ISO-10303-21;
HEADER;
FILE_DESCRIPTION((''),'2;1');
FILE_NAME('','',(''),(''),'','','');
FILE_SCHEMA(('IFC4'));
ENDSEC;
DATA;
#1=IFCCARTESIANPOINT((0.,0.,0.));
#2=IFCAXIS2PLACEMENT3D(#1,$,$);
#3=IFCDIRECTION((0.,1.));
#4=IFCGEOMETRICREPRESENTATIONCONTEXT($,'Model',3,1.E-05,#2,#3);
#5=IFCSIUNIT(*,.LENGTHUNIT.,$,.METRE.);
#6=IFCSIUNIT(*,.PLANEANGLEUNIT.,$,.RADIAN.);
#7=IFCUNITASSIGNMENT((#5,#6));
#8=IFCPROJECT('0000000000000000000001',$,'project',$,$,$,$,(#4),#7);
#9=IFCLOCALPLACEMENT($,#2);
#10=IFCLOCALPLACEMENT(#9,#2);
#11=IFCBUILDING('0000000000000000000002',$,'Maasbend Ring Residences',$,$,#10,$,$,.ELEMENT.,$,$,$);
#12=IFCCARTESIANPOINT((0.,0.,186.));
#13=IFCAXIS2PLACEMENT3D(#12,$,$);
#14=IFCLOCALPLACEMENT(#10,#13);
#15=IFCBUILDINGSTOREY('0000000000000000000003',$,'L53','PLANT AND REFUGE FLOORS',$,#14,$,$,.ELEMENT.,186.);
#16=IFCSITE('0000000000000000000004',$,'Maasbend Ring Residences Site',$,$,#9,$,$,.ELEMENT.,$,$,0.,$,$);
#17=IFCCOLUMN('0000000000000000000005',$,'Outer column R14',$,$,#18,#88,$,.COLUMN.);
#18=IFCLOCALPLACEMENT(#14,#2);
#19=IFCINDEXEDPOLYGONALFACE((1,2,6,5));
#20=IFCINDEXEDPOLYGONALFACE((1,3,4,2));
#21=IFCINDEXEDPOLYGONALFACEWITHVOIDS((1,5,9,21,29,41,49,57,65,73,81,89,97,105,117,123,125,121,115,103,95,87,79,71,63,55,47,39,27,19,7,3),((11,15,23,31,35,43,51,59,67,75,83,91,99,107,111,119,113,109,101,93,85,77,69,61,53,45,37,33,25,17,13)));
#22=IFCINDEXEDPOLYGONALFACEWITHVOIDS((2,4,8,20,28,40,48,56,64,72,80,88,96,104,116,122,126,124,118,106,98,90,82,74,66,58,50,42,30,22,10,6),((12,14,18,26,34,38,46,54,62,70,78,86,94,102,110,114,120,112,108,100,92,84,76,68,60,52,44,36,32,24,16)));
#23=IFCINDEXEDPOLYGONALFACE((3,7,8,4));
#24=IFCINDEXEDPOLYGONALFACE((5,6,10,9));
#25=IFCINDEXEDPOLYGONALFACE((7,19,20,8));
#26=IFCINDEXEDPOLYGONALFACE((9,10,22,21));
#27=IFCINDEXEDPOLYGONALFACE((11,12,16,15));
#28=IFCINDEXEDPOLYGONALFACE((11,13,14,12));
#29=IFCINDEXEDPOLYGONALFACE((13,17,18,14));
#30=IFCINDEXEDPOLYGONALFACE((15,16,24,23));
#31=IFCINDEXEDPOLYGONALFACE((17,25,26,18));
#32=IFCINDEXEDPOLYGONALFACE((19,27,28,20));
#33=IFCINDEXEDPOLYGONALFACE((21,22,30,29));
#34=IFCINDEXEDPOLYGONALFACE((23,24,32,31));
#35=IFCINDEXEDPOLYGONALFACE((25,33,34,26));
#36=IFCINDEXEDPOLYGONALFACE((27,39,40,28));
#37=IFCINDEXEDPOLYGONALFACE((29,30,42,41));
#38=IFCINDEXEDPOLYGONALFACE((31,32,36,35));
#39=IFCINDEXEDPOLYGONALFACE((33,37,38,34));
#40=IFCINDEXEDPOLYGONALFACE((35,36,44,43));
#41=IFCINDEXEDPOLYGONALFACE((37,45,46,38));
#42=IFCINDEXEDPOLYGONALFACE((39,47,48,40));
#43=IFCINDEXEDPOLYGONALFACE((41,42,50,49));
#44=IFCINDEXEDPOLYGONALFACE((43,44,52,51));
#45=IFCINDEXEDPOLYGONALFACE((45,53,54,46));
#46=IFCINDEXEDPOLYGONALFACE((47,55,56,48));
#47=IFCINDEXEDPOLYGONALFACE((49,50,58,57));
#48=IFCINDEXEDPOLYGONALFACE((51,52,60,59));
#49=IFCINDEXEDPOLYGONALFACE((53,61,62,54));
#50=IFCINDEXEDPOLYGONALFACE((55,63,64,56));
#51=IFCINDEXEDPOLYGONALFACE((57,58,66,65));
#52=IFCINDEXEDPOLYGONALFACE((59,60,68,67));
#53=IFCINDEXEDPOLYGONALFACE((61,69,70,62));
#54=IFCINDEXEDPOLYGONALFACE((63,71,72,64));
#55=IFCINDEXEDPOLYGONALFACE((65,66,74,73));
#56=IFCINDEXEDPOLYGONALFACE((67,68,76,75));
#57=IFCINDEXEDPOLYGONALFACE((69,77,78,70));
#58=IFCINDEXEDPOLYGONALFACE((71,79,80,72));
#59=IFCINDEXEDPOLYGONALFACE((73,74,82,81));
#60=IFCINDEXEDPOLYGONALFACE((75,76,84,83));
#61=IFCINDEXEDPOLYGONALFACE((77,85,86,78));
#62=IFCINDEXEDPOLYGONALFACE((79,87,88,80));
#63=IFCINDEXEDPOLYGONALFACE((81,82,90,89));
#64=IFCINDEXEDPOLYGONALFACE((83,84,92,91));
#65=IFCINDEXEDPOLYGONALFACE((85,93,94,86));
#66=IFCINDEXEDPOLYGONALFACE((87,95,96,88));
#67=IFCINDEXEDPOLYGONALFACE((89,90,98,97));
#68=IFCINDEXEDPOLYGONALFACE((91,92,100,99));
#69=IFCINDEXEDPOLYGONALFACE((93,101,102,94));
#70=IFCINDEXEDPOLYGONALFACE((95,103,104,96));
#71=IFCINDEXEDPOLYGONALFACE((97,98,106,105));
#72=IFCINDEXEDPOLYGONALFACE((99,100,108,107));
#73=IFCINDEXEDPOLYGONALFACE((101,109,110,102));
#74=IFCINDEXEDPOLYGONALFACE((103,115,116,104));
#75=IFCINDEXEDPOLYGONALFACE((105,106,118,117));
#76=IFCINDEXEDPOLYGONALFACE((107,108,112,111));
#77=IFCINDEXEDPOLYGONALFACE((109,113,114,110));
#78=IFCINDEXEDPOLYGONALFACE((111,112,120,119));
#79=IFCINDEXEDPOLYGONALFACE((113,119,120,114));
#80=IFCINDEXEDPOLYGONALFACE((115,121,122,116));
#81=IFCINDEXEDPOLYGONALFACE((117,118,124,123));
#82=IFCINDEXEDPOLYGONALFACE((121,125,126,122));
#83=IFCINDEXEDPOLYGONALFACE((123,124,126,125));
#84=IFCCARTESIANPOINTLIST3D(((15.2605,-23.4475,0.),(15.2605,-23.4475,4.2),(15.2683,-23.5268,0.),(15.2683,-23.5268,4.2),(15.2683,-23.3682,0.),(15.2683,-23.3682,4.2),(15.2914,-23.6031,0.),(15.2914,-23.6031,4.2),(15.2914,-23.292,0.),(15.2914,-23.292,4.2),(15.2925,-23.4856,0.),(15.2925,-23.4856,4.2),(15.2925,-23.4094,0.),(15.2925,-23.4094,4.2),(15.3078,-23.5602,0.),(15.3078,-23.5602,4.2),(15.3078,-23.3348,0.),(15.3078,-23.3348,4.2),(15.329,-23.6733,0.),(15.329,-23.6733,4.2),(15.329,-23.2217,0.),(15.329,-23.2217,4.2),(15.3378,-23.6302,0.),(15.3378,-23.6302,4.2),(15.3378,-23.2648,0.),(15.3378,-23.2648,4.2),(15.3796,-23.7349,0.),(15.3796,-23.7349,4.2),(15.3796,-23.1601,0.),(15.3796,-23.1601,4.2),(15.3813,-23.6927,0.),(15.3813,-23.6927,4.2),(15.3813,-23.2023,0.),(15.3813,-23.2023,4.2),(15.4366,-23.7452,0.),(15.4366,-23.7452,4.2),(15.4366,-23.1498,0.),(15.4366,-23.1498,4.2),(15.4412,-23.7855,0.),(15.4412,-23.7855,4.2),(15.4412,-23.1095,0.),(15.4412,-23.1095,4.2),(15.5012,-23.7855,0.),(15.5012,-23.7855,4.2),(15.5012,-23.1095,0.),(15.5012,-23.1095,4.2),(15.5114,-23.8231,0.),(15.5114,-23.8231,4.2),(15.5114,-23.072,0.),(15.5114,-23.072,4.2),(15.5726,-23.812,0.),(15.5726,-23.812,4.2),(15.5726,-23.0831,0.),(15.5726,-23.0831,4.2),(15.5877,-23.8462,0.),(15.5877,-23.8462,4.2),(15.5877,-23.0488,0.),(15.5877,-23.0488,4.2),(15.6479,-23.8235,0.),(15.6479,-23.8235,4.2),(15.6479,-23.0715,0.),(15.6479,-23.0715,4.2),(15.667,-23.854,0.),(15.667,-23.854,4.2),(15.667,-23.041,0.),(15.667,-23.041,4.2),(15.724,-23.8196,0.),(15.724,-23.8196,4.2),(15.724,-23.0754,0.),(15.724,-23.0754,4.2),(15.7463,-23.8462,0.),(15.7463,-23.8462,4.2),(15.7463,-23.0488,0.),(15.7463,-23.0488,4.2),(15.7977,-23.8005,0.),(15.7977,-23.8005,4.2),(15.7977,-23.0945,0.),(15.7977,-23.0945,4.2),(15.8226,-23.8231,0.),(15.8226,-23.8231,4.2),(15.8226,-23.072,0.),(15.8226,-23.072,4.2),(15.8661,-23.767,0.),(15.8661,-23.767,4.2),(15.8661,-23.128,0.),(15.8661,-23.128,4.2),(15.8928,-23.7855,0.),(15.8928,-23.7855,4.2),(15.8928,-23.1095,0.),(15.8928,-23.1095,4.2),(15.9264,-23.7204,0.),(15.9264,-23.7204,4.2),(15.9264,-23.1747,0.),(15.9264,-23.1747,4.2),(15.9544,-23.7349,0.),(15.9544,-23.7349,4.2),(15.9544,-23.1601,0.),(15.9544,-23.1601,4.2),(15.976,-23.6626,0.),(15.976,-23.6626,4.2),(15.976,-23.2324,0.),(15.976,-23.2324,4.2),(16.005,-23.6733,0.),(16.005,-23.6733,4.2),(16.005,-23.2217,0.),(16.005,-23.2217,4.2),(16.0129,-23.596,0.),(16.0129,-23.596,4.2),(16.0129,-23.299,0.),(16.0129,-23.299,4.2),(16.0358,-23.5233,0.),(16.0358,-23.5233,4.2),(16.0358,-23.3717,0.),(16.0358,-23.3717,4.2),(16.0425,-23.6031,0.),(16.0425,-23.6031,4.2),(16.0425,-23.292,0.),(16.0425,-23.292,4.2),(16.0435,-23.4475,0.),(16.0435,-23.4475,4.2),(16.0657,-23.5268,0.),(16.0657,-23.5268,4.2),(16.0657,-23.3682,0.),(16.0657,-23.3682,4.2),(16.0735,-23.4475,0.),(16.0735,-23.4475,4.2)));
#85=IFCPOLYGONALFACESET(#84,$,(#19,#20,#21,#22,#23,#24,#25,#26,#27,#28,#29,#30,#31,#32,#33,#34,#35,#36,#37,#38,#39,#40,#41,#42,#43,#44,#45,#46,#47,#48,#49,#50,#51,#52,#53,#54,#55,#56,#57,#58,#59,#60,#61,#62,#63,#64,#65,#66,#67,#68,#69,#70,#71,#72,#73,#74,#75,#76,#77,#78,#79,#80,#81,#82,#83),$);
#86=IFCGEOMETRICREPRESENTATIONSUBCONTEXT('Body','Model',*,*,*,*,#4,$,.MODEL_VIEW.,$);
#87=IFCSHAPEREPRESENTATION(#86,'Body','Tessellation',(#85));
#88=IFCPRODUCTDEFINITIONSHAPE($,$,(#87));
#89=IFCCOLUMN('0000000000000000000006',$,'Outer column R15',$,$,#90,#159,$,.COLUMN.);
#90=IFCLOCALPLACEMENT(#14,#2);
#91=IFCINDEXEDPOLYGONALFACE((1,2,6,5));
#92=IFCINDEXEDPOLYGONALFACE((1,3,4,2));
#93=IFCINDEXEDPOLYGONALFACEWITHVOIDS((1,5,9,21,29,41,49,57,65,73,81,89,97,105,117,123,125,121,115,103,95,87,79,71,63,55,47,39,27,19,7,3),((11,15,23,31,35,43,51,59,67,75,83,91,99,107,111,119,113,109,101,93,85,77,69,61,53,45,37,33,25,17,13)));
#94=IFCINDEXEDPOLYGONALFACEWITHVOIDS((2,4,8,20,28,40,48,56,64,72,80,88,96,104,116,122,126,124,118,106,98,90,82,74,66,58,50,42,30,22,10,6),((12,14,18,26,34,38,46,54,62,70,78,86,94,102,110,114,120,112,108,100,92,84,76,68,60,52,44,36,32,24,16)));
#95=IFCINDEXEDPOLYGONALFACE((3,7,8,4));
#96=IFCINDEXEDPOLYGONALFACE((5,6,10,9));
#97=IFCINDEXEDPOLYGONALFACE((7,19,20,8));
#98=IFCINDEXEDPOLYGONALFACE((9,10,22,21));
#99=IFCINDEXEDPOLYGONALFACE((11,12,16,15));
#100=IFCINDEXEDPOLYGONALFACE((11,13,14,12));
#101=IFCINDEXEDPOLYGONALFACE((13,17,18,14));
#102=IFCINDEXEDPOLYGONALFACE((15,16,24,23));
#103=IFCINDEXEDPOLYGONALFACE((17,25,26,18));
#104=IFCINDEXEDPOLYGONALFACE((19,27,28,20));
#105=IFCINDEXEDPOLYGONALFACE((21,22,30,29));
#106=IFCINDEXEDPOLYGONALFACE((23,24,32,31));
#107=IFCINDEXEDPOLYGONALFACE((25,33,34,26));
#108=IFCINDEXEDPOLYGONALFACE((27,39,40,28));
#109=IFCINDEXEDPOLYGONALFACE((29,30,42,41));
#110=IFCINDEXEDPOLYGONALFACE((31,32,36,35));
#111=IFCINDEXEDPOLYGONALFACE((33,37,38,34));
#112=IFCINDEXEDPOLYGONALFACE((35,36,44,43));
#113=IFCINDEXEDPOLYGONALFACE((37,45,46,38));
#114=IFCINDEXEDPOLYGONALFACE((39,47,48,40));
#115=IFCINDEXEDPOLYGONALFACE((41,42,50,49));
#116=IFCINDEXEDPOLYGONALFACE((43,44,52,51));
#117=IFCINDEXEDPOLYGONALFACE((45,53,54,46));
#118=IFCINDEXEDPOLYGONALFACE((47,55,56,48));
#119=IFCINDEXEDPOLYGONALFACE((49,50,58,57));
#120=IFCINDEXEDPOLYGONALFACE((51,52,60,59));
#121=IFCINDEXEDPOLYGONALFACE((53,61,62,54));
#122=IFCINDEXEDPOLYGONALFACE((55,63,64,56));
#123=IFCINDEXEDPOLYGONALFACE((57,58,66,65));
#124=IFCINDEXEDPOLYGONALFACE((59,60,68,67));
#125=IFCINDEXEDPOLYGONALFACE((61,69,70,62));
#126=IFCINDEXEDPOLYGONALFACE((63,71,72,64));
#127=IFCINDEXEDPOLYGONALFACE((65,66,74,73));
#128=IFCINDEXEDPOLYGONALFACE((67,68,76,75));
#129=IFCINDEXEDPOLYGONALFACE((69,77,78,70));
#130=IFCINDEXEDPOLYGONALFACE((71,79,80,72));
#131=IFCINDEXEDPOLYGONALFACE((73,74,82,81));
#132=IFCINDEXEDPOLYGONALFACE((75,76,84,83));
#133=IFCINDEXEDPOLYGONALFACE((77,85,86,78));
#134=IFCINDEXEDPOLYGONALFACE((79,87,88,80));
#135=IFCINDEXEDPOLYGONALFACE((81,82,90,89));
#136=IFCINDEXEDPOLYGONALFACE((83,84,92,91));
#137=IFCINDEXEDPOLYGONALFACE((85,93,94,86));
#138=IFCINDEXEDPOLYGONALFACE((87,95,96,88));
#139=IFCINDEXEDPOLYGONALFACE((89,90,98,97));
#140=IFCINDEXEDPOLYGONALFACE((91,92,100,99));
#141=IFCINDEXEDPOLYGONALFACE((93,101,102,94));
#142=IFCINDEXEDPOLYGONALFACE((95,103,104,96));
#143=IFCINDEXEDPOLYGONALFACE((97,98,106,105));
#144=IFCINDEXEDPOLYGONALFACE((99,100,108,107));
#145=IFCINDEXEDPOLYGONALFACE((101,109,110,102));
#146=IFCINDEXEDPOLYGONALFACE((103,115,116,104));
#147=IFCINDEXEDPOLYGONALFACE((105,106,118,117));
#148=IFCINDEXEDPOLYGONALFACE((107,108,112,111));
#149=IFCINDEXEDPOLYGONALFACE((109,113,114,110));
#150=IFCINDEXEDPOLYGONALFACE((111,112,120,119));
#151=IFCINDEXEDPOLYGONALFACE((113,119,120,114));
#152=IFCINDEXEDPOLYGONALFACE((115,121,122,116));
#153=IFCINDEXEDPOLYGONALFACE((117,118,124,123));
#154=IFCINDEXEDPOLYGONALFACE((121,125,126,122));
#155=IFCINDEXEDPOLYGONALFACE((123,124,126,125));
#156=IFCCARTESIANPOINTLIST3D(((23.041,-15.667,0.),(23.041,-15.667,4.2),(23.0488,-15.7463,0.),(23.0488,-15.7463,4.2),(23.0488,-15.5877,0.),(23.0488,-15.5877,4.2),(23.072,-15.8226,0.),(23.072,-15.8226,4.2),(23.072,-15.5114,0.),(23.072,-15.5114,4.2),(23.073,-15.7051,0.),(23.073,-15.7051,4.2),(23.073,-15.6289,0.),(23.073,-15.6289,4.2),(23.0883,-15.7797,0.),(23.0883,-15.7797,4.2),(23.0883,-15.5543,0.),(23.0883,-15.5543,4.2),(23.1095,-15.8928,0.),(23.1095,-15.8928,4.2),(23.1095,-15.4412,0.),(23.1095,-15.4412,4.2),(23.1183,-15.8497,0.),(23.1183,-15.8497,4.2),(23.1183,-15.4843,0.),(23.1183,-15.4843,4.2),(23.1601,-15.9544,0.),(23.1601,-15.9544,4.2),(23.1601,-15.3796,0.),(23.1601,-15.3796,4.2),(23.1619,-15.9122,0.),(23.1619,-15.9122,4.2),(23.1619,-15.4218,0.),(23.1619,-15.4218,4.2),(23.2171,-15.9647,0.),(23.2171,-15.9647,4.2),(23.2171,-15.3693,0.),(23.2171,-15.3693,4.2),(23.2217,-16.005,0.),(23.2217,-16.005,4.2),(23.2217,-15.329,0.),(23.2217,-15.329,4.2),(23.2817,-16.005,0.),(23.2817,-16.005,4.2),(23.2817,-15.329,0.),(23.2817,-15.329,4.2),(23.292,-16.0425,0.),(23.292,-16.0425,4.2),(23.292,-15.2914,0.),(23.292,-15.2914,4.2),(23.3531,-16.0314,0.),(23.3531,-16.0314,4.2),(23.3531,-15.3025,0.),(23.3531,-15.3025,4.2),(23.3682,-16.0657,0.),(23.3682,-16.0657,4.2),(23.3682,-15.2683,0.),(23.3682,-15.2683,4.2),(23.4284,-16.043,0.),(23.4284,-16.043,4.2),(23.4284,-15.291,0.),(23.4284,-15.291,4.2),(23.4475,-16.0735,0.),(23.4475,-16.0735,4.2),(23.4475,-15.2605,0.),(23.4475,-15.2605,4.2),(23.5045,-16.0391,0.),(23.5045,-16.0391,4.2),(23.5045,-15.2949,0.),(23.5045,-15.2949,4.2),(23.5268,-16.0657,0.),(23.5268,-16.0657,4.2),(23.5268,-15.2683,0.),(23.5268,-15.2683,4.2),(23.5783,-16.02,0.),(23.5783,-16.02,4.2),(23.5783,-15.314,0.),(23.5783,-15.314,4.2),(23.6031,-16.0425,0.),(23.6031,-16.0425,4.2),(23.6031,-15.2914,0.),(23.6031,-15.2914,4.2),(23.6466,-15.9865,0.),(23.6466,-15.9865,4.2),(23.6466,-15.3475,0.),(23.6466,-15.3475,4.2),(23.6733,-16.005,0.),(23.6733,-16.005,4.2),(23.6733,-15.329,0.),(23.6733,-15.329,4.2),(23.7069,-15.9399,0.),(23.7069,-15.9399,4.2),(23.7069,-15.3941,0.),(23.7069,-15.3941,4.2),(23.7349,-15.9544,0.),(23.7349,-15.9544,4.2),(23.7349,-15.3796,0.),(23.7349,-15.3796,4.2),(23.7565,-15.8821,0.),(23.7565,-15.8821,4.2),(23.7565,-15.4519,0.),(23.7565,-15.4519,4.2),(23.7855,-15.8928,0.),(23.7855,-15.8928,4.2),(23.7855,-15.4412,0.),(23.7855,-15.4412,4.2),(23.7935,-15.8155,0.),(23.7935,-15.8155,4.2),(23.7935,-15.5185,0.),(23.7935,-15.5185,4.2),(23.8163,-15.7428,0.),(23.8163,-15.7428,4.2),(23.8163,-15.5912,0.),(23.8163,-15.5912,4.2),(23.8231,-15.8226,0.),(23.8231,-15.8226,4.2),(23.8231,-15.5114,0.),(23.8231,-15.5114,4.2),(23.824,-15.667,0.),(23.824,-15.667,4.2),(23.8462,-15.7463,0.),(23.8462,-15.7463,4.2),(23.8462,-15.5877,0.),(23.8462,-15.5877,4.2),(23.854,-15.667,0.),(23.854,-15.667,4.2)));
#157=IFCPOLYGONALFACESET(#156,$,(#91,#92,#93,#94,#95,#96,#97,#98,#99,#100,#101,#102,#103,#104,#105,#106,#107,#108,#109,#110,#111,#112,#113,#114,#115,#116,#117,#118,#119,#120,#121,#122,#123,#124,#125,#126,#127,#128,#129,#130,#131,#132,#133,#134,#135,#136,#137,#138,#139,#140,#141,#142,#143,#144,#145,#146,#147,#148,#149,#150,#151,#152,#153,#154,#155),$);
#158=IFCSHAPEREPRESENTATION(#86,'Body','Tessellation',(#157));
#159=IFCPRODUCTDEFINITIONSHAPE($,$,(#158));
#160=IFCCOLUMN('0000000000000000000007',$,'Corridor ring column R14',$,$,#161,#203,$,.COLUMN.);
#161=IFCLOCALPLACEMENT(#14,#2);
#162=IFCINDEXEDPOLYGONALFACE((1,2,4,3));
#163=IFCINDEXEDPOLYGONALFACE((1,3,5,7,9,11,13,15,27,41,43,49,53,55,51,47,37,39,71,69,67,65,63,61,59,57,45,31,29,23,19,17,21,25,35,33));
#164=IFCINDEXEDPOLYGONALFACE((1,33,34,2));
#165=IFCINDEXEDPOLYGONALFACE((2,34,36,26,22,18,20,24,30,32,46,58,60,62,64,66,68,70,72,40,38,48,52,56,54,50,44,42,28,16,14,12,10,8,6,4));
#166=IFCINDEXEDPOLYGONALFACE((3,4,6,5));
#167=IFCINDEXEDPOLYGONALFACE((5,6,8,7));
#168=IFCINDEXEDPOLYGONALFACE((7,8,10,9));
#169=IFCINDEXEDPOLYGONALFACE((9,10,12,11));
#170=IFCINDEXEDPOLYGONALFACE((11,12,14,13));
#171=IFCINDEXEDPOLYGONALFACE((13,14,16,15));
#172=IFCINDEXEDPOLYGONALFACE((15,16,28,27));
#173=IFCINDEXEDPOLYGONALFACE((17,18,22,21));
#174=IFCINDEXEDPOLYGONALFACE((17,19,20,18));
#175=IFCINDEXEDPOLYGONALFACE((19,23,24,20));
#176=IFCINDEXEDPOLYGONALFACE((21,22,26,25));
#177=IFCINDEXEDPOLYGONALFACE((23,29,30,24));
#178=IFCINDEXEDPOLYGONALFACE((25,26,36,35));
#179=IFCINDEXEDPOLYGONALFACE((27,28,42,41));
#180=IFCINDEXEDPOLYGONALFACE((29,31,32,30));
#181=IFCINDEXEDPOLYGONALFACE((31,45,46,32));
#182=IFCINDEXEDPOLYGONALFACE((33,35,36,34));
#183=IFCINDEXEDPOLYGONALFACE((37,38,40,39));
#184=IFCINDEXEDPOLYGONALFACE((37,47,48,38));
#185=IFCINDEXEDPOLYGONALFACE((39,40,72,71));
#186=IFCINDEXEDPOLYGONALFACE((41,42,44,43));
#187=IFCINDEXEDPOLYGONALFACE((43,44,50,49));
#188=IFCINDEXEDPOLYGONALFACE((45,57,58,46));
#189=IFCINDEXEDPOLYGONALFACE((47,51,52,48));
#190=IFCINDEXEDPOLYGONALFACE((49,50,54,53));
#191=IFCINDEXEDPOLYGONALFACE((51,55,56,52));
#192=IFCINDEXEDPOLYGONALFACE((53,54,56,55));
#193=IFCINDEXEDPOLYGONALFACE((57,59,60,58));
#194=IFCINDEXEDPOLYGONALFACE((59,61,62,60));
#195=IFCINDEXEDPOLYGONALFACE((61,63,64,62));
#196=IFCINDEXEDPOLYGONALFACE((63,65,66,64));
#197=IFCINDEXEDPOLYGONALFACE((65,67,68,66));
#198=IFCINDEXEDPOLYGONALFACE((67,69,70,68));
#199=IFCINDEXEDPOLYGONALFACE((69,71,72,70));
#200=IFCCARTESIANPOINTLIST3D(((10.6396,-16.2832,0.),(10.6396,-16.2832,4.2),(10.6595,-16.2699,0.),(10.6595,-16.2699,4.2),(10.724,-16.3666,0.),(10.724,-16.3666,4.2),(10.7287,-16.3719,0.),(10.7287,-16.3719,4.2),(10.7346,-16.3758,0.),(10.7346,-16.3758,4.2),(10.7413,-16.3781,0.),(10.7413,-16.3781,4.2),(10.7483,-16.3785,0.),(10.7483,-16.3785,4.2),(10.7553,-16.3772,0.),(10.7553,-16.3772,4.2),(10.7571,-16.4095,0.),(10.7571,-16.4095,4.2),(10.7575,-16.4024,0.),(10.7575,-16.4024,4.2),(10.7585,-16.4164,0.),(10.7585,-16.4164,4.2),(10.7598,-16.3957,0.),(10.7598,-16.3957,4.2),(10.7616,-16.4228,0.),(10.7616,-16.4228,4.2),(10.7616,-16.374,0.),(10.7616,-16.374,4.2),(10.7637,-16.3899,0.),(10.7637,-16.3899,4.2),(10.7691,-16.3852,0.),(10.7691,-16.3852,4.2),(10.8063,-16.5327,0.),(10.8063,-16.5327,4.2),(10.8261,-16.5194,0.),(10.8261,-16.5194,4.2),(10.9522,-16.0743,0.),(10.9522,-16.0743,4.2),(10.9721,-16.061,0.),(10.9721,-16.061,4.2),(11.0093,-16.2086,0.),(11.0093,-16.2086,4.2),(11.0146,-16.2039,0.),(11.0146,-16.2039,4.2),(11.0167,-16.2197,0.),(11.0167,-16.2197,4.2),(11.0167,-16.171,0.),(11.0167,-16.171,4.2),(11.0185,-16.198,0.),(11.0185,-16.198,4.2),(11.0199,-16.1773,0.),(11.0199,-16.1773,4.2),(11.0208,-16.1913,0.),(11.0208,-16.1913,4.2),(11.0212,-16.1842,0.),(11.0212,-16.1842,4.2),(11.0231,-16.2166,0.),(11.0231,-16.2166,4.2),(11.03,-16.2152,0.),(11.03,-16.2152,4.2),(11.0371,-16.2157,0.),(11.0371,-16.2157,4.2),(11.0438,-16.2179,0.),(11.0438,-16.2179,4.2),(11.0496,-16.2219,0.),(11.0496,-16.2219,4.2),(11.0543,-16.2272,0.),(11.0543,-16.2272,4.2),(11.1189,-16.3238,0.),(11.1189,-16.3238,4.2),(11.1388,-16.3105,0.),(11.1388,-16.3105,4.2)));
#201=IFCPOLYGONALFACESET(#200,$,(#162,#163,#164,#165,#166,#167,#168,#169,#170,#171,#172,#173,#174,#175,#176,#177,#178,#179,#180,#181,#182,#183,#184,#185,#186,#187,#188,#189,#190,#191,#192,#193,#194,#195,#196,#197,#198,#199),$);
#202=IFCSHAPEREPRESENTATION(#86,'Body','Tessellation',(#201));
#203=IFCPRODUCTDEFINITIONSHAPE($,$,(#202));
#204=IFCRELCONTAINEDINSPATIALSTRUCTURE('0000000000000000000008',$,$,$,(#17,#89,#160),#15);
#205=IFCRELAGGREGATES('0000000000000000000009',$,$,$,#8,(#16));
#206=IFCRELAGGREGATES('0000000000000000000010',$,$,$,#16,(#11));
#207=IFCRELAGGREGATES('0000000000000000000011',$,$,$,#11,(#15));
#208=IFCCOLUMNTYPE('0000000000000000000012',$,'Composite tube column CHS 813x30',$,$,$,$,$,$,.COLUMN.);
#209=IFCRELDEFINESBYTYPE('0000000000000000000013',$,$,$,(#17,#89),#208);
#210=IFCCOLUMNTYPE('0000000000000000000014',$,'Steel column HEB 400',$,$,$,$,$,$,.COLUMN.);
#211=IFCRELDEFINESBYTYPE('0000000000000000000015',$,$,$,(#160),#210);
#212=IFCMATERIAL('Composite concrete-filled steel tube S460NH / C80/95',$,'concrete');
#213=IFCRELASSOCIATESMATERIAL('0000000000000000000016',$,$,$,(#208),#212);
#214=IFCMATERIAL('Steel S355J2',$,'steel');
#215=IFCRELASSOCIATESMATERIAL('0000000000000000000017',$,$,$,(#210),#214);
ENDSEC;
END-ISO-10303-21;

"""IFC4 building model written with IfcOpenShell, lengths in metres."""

from ifc_helpers import new_model, si_unit, direction, frame, origin, origin_2d, place, context, subcontext, project, spatial, hollow_circle, i_section, extrude, material, material_profile, profile_set, type_object, element, save


model = new_model("IFC4")

# Units and contexts
model_context = context("Model", 3, precision=1e-05, world=origin(), true_north=direction((0.0, 1.0)))
body_context = subcontext(model_context, "Body", "Model", "MODEL_VIEW")
ifc_project = project(units=[si_unit("LENGTHUNIT", "METRE"), si_unit("PLANEANGLEUNIT", "RADIAN")], contexts=[model_context])

# Site, building, storey
site_placement = place(None, origin())
site = spatial("IfcSite", under=ifc_project, at=site_placement, Name="Maasbend Ring Residences Site", CompositionType="ELEMENT", RefElevation=0.0)
building_placement = place(site_placement, origin())
building = spatial("IfcBuilding", under=site, at=building_placement, Name="Maasbend Ring Residences", CompositionType="ELEMENT")
storey_placement = place(building_placement, frame((0.0, 0.0, 186.0)))
storey = spatial("IfcBuildingStorey", under=building, at=storey_placement, Name="L53", Description="PLANT AND REFUGE FLOORS", CompositionType="ELEMENT", Elevation=186.0)

# Columns
ifc_material_1 = material(Name="Composite concrete-filled steel tube S460NH / C80/95", Category="concrete")
ifc_material_profile_1 = material_profile(ifc_material_1, hollow_circle(Radius=0.4065, WallThickness=0.03, at=origin_2d()), Name="Composite tube column CHS 813x30")
ifc_profile_set_1 = profile_set([ifc_material_profile_1], Name="Composite concrete-filled steel tube S460NH / C80/95")
column_type_1 = type_object("IfcColumnType", Name="Composite tube column CHS 813x30", PredefinedType="COLUMN", material=ifc_profile_set_1)
for number, where, z_axis, x_axis, name in (
    (1, (15.667, -23.4475, 0.0), (0.0, 0.0, 1.0), (1.0, 0.0, 0.0), "Outer column R14"),
    (2, (23.4475, -15.667, 0.0), (0.0, 0.0, 1.0), (1.0, 0.0, 0.0), "Outer column R15"),
):
    element("IfcColumn", number, at=place(storey_placement, frame(where, z_axis=z_axis, x_axis=x_axis)), inside=storey, type_object=column_type_1, Name=name, PredefinedType="COLUMN", context=body_context, shape_type="SweptSolid", body=[
        extrude(hollow_circle(Radius=0.4065, WallThickness=0.03, at=origin_2d()), origin(), (0.0, 0.0, 1.0), 4.2),
    ])
ifc_material_2 = material(Name="Steel S355J2", Category="steel")
ifc_material_profile_2 = material_profile(ifc_material_2, i_section(OverallWidth=0.3, OverallDepth=0.3999, WebThickness=0.0134, FlangeThickness=0.0239, FilletRadius=0.0271, at=origin_2d()), Name="HEB 400")
ifc_profile_set_2 = profile_set([ifc_material_profile_2], Name="Steel S355J2")
column_type_2 = type_object("IfcColumnType", Name="Steel column HEB 400", PredefinedType="COLUMN", material=ifc_profile_set_2)
for number, where, z_axis, x_axis, name in (
    (3, (10.8892, -16.2969, 0.0), (0.0, 0.0, 1.0), (0.55557, -0.83147, 0.0), "Corridor ring column R14"),
):
    element("IfcColumn", number, at=place(storey_placement, frame(where, z_axis=z_axis, x_axis=x_axis)), inside=storey, type_object=column_type_2, Name=name, PredefinedType="COLUMN", context=body_context, shape_type="SweptSolid", body=[
        extrude(i_section(OverallWidth=0.3, OverallDepth=0.3999, WebThickness=0.0134, FlangeThickness=0.0239, FilletRadius=0.0271, at=origin_2d()), origin(), (0.0, 0.0, 1.0), 4.2),
    ])

save(model, "model.ifc")
